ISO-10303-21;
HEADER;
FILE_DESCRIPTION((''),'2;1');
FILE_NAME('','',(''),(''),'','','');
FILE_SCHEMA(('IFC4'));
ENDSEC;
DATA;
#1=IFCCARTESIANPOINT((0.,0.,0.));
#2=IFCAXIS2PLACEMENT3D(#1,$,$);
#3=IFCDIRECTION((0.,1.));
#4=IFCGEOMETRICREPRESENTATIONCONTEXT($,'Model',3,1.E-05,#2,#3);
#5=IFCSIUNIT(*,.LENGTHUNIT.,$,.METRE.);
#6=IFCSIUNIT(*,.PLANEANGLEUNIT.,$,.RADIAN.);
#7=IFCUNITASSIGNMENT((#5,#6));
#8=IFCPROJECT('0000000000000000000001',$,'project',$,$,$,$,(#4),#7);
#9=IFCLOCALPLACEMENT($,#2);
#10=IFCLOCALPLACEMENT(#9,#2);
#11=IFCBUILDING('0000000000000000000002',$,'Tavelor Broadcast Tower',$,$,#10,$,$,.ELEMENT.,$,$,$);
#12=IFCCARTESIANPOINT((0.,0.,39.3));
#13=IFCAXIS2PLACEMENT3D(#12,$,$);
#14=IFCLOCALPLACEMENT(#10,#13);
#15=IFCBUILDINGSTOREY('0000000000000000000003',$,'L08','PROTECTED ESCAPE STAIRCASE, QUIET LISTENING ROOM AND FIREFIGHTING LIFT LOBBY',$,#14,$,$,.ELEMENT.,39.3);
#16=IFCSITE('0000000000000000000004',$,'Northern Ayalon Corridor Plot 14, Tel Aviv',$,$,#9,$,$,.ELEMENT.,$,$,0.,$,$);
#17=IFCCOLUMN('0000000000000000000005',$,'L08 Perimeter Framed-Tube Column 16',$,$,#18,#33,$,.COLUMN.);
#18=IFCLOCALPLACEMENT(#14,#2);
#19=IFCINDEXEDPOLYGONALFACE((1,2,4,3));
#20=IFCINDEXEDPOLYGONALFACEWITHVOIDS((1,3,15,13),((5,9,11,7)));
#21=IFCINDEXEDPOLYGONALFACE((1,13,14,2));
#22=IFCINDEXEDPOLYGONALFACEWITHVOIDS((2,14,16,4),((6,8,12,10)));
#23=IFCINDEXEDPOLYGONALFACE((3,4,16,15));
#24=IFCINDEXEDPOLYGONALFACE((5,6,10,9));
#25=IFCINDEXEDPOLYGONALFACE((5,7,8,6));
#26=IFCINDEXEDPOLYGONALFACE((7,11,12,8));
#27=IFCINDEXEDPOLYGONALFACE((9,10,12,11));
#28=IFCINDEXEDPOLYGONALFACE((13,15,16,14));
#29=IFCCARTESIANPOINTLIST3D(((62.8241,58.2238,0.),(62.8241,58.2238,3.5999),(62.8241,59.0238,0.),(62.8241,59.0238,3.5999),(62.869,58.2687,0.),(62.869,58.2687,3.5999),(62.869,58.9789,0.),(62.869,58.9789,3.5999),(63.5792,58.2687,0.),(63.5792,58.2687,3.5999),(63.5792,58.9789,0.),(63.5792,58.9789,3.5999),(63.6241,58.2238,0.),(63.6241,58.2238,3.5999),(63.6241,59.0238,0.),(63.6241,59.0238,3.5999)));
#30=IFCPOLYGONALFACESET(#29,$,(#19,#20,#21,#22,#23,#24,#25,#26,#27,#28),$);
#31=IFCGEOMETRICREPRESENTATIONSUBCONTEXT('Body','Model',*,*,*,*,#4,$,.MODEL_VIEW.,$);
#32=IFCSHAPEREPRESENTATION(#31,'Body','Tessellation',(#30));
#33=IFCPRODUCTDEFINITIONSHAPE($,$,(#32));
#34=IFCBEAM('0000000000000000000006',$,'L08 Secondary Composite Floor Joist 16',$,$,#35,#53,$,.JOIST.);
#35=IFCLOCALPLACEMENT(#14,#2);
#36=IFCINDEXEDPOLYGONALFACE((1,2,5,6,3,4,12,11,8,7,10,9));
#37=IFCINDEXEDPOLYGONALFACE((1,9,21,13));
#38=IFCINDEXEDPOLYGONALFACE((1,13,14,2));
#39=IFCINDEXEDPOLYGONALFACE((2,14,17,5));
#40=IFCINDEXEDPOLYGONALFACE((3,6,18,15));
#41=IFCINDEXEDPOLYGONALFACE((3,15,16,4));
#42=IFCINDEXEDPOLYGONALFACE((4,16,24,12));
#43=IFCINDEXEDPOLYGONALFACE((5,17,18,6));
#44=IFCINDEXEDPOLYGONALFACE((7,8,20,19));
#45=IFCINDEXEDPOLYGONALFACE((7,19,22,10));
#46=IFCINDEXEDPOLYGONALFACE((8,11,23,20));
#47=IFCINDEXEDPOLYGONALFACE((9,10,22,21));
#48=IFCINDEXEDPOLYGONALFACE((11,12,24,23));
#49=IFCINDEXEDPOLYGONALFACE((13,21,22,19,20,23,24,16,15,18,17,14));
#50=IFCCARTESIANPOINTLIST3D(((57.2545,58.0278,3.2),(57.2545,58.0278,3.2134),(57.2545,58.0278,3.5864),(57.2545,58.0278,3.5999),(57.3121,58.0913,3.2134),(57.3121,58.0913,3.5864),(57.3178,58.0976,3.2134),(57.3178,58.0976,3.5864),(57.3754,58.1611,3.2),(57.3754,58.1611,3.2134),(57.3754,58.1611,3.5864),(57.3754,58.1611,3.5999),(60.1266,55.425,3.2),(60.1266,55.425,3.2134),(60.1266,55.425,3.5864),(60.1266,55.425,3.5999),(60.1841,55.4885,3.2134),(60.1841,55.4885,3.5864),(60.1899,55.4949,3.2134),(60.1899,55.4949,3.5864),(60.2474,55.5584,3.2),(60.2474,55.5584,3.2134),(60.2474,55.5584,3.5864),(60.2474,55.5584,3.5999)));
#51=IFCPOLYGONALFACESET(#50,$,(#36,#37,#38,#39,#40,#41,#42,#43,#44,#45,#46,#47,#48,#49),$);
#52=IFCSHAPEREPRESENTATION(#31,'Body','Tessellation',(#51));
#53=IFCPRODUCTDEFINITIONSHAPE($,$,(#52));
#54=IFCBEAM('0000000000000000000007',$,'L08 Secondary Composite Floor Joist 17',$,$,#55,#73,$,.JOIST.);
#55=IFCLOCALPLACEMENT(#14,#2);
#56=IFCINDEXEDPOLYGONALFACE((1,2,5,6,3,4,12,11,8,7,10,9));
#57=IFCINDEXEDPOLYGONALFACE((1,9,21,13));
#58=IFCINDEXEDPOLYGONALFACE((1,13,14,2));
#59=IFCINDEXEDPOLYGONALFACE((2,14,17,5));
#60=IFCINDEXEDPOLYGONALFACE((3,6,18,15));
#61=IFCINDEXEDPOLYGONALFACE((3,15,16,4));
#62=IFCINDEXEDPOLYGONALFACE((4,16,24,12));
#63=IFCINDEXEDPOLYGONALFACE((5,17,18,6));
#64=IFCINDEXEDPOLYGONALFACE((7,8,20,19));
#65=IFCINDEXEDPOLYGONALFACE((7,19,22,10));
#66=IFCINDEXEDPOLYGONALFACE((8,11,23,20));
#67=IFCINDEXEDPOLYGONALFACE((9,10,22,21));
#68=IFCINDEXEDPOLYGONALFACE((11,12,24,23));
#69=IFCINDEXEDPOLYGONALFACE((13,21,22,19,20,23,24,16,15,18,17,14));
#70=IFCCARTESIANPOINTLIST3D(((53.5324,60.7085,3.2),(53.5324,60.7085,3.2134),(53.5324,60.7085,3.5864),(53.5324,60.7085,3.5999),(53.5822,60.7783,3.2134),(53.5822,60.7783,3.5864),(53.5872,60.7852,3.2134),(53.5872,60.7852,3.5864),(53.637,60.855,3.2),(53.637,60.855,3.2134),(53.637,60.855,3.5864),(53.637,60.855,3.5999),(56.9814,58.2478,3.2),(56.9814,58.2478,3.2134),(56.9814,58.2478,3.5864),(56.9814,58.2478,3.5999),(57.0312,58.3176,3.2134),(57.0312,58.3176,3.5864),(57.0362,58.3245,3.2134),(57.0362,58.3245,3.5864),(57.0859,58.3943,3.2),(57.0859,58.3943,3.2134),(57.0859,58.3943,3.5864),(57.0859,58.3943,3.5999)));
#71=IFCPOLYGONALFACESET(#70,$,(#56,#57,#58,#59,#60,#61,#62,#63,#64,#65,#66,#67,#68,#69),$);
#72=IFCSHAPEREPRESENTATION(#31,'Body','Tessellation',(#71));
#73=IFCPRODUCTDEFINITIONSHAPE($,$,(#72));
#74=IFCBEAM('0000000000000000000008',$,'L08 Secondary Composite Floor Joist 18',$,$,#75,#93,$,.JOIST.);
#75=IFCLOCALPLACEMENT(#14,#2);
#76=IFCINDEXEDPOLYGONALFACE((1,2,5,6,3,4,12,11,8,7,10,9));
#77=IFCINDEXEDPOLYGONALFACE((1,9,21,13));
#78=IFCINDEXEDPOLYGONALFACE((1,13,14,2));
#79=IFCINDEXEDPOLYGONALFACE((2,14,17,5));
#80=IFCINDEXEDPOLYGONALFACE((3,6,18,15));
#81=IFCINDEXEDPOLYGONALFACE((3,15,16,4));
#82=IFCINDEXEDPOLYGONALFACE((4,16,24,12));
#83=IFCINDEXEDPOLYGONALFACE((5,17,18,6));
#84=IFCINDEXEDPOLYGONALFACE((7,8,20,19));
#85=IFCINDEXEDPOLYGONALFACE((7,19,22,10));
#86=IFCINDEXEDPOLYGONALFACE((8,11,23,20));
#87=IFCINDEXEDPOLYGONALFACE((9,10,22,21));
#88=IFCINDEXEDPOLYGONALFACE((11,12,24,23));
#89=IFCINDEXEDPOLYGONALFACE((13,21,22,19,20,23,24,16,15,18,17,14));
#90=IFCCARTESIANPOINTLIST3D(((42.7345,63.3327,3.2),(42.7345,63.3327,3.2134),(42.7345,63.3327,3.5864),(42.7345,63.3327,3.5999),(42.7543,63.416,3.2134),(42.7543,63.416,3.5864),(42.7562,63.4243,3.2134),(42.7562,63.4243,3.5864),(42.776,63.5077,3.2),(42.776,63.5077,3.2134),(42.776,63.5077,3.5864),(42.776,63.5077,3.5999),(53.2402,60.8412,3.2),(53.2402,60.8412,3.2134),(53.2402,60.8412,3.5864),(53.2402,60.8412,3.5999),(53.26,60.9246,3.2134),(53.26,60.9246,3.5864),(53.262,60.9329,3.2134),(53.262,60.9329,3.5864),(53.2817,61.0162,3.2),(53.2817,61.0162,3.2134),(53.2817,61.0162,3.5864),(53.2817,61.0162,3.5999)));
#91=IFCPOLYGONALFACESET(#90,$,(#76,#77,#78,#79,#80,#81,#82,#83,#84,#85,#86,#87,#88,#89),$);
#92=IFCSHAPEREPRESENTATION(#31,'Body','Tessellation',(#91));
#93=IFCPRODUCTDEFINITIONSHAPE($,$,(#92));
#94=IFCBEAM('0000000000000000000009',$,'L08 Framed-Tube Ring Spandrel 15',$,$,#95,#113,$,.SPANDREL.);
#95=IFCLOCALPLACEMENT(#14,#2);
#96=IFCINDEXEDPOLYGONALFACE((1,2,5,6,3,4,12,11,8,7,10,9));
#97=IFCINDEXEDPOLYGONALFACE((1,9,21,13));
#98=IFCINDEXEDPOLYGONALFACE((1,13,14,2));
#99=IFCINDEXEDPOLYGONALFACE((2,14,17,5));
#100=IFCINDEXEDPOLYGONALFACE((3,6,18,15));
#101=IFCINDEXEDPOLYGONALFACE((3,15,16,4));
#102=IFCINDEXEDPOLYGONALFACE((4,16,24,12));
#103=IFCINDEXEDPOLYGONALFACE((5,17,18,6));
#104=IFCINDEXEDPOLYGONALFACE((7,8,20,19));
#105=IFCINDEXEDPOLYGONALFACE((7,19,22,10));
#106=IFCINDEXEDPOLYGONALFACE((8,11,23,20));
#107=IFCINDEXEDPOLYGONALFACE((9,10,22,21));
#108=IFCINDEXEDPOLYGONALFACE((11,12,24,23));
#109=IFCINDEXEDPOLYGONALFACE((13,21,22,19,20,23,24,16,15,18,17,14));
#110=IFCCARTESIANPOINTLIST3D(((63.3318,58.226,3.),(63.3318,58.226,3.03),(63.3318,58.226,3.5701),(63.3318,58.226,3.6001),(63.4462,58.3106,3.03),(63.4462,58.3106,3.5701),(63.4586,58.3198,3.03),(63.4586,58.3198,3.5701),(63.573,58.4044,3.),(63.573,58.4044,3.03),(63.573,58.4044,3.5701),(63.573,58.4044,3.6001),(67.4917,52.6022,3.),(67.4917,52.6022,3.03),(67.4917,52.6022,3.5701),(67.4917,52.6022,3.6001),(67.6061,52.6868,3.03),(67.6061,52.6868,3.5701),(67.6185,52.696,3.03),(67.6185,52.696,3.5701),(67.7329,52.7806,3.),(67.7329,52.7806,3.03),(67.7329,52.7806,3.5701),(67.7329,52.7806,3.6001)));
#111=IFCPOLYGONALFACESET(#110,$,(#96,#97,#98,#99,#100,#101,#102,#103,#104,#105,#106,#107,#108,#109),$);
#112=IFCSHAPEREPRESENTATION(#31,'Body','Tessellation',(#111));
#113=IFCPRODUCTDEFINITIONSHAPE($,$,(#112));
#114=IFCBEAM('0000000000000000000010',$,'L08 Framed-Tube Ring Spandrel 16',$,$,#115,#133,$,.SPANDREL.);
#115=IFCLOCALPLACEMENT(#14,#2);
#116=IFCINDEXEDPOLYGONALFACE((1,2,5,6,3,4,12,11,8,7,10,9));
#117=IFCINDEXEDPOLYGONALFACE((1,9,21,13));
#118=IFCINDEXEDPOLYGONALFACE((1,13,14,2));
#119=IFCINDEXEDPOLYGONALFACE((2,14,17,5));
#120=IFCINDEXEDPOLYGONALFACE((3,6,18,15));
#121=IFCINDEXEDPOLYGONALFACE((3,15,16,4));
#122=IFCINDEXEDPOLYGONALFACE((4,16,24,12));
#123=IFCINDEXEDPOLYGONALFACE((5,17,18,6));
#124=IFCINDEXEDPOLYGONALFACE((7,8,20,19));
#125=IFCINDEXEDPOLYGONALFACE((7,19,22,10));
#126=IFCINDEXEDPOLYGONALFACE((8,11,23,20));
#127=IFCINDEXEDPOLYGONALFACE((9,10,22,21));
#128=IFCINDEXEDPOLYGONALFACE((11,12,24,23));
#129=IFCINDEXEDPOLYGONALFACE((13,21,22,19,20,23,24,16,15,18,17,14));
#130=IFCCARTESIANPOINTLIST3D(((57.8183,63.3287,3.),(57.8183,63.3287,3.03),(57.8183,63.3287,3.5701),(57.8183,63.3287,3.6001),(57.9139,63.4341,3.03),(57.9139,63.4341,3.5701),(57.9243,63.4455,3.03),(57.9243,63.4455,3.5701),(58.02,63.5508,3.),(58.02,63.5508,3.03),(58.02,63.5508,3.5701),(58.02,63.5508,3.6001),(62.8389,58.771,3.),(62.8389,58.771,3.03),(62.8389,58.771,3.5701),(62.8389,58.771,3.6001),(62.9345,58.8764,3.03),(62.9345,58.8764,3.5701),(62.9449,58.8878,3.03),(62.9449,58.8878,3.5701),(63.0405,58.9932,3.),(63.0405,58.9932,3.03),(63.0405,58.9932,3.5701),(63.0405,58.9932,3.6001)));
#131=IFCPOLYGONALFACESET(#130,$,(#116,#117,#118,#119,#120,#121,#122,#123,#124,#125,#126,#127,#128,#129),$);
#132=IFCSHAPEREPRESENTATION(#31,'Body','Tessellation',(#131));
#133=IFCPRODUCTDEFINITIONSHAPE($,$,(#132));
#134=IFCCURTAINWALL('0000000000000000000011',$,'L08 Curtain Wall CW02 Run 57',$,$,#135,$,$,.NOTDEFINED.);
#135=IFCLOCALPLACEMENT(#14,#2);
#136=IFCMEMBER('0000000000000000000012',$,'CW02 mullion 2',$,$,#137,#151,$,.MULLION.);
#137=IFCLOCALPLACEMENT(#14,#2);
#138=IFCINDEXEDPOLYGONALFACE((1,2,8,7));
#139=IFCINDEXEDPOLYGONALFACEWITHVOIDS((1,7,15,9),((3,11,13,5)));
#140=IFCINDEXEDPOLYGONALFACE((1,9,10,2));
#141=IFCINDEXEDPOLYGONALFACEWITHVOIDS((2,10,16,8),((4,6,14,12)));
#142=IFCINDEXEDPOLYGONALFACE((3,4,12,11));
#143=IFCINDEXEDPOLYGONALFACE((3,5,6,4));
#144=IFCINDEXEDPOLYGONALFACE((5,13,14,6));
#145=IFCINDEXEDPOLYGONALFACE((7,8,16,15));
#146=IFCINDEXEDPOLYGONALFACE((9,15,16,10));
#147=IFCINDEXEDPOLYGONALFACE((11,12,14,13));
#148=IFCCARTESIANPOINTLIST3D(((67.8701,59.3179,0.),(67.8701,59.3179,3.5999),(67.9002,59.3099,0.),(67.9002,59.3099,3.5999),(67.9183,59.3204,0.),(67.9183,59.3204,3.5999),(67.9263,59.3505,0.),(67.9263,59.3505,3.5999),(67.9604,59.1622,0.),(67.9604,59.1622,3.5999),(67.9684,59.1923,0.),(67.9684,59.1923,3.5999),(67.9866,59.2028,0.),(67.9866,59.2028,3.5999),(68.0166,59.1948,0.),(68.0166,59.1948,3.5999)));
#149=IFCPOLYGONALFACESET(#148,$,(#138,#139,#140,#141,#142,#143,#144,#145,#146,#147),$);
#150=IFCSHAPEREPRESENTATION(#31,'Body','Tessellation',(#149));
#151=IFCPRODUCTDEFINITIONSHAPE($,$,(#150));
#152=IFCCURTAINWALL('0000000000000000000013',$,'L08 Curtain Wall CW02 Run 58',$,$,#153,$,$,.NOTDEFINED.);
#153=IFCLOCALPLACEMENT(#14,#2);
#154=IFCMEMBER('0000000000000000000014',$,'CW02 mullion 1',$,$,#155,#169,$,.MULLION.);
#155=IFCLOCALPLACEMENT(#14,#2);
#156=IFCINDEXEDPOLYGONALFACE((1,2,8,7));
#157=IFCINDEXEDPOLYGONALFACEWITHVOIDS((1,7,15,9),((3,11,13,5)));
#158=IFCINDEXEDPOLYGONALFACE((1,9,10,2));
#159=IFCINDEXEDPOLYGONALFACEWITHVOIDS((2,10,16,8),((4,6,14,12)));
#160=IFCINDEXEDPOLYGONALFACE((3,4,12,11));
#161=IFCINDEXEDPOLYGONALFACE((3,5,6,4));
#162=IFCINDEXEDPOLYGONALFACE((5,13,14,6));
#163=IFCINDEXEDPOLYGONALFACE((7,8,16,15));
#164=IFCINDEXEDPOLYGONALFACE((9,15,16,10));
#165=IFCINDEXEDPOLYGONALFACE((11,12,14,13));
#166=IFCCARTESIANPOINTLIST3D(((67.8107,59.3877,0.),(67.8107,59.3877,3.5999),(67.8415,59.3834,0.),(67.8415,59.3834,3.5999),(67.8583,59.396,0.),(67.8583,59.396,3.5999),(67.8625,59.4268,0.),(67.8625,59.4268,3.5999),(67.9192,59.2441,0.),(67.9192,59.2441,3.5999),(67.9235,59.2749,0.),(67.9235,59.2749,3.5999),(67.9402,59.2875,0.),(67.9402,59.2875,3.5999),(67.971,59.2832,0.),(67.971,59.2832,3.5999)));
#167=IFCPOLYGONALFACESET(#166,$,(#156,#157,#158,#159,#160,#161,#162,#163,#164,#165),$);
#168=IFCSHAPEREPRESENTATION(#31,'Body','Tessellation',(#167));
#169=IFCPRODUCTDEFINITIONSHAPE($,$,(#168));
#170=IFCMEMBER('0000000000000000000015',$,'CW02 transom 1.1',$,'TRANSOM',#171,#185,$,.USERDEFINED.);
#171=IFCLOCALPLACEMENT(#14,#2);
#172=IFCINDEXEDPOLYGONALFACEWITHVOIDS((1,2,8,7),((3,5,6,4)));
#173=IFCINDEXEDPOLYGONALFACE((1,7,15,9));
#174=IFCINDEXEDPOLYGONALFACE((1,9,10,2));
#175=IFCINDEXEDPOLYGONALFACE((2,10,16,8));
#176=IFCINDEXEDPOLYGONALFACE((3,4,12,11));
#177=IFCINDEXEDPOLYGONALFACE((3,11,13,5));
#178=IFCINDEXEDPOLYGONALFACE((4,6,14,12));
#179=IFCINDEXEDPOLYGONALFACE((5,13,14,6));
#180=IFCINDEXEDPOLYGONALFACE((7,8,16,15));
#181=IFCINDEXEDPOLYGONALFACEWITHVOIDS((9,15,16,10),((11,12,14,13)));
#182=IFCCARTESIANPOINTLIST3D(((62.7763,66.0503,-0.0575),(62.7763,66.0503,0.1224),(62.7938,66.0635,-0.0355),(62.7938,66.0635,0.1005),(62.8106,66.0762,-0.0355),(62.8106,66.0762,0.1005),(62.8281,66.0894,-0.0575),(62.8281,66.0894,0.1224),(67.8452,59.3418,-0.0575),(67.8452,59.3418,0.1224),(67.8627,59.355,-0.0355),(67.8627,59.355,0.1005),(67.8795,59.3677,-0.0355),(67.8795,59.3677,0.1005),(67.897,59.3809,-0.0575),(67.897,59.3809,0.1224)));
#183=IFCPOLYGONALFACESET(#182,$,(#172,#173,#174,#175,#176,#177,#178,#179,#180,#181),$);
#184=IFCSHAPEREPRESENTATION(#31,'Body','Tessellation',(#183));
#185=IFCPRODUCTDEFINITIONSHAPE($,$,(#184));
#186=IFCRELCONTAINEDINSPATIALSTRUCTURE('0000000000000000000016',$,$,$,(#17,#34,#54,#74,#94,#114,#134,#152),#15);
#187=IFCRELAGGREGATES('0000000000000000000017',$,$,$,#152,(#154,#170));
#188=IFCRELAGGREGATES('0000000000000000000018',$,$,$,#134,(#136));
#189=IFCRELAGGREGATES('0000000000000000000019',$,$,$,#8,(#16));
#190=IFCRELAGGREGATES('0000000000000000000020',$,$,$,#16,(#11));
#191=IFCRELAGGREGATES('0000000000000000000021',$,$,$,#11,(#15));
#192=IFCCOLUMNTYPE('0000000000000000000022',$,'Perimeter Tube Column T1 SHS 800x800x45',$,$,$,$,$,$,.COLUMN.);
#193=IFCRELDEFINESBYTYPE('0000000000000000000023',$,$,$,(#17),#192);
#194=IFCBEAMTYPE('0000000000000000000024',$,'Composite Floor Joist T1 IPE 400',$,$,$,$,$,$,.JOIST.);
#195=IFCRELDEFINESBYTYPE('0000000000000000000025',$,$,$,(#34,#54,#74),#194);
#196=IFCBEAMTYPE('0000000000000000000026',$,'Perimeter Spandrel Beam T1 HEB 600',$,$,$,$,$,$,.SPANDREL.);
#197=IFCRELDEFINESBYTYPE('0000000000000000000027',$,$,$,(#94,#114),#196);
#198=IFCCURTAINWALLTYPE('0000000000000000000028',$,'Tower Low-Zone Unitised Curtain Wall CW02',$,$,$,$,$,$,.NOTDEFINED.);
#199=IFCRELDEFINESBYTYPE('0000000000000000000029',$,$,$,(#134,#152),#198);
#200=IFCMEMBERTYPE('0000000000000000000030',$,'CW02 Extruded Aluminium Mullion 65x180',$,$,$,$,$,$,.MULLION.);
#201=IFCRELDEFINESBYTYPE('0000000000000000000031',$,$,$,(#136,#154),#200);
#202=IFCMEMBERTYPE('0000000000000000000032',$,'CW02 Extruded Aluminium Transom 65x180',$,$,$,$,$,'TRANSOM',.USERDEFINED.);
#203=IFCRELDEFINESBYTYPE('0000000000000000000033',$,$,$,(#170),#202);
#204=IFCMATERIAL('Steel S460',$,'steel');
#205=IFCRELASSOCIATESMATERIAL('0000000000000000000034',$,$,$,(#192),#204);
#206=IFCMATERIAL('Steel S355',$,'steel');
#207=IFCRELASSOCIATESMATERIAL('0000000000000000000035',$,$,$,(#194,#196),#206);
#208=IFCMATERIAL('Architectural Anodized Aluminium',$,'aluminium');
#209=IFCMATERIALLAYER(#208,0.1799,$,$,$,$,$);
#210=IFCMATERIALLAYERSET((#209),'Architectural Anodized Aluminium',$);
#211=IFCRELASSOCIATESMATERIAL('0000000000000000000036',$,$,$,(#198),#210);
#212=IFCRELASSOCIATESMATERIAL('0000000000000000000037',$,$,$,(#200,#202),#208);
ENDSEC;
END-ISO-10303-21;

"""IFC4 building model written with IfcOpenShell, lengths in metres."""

from ifc_helpers import new_model, si_unit, direction, frame, origin, origin_2d, place, context, subcontext, project, spatial, hollow_rectangle, i_section, extrude, source, transform, mapped, material, layer, layer_set, material_profile, profile_set, type_object, type_shapes, element, aggregate, save


model = new_model("IFC4")

# Units and contexts
model_context = context("Model", 3, precision=1e-05, world=origin(), true_north=direction((0.0, 1.0)))
body_context = subcontext(model_context, "Body", "Model", "MODEL_VIEW")
ifc_project = project(units=[si_unit("LENGTHUNIT", "METRE"), si_unit("PLANEANGLEUNIT", "RADIAN")], contexts=[model_context])

# Site, building, storey
site_placement = place(None, origin())
site = spatial("IfcSite", under=ifc_project, at=site_placement, Name="Northern Ayalon Corridor Plot 14, Tel Aviv", CompositionType="ELEMENT", RefElevation=0.0)
building_placement = place(site_placement, origin())
building = spatial("IfcBuilding", under=site, at=building_placement, Name="Tavelor Broadcast Tower", CompositionType="ELEMENT")
storey_placement = place(building_placement, frame((0.0, 0.0, 39.3)))
storey = spatial("IfcBuildingStorey", under=building, at=storey_placement, Name="L08", Description="PROTECTED ESCAPE STAIRCASE, QUIET LISTENING ROOM AND FIREFIGHTING LIFT LOBBY", CompositionType="ELEMENT", Elevation=39.3)

# Column
ifc_material_1 = material(Name="Steel S460", Category="steel")
ifc_material_profile_1 = material_profile(ifc_material_1, hollow_rectangle(XDim=0.8, YDim=0.8, WallThickness=0.0449, at=origin_2d()), Name="SHS 800x800x45")
ifc_profile_set_1 = profile_set([ifc_material_profile_1], Name="Steel S460")
column_type = type_object("IfcColumnType", Name="Perimeter Tube Column T1 SHS 800x800x45", PredefinedType="COLUMN", material=ifc_profile_set_1)
column_placement = place(storey_placement, frame((63.2241, 58.6238, 0.0), z_axis=(0.0, 0.0, 1.0), x_axis=(1.0, 0.0, 0.0)))
element("IfcColumn", 1, at=column_placement, inside=storey, type_object=column_type, Name="L08 Perimeter Framed-Tube Column 16", PredefinedType="COLUMN", context=body_context, shape_type="SweptSolid", body=[
    extrude(hollow_rectangle(XDim=0.8, YDim=0.8, WallThickness=0.0449, at=origin_2d()), origin(), (0.0, 0.0, 1.0), 3.5999),
])

# Beams
ifc_material_2 = material(Name="Steel S355", Category="steel")
ifc_material_profile_2 = material_profile(ifc_material_2, i_section(OverallWidth=0.1799, OverallDepth=0.3999, WebThickness=0.0085, FlangeThickness=0.0134, at=origin_2d()), Name="IPE 400")
ifc_profile_set_2 = profile_set([ifc_material_profile_2], Name="Steel S355")
beam_type_1 = type_object("IfcBeamType", Name="Composite Floor Joist T1 IPE 400", PredefinedType="JOIST", material=ifc_profile_set_2)
beam_1_placement = place(storey_placement, frame((60.187, 55.4917, 3.3999), z_axis=(-0.740991, 0.671515, 0.0), x_axis=(-0.671515, -0.740991, 0.0)))
element("IfcBeam", 2, at=beam_1_placement, inside=storey, type_object=beam_type_1, Name="L08 Secondary Composite Floor Joist 16", PredefinedType="JOIST", context=body_context, shape_type="SweptSolid", body=[
    extrude(i_section(OverallWidth=0.1799, OverallDepth=0.3999, WebThickness=0.0085, FlangeThickness=0.0134, at=origin_2d()), origin(), (0.0, 0.0, 1.0), 3.876),
])
beam_2_placement = place(storey_placement, frame((57.0337, 58.321, 3.3999), z_axis=(-0.814053, 0.580791, 0.0), x_axis=(-0.580791, -0.814053, 0.0)))
element("IfcBeam", 3, at=beam_2_placement, inside=storey, type_object=beam_type_1, Name="L08 Secondary Composite Floor Joist 17", PredefinedType="JOIST", context=body_context, shape_type="SweptSolid", body=[
    extrude(i_section(OverallWidth=0.1799, OverallDepth=0.3999, WebThickness=0.0085, FlangeThickness=0.0134, at=origin_2d()), origin(), (0.0, 0.0, 1.0), 4.2368),
])
beam_3_placement = place(storey_placement, frame((53.261, 60.9287, 3.3999), z_axis=(-0.973012, 0.230754, 0.0), x_axis=(-0.230754, -0.973012, 0.0)))
element("IfcBeam", 4, at=beam_3_placement, inside=storey, type_object=beam_type_1, Name="L08 Secondary Composite Floor Joist 18", PredefinedType="JOIST", context=body_context, shape_type="SweptSolid", body=[
    extrude(i_section(OverallWidth=0.1799, OverallDepth=0.3999, WebThickness=0.0085, FlangeThickness=0.0134, at=origin_2d()), origin(), (0.0, 0.0, 1.0), 10.7971),
])
ifc_material_profile_3 = material_profile(ifc_material_2, i_section(OverallWidth=0.3, OverallDepth=0.6001, WebThickness=0.0154, FlangeThickness=0.03, at=origin_2d()), Name="HEB 600")
ifc_profile_set_3 = profile_set([ifc_material_profile_3], Name="Steel S355")
beam_type_2 = type_object("IfcBeamType", Name="Perimeter Spandrel Beam T1 HEB 600", PredefinedType="SPANDREL", material=ifc_profile_set_3)
beam_4_placement = place(storey_placement, frame((67.6123, 52.6914, 3.3), z_axis=(-0.594687, 0.803957, 0.0), x_axis=(-0.803957, -0.594687, 0.0)))
element("IfcBeam", 5, at=beam_4_placement, inside=storey, type_object=beam_type_2, Name="L08 Framed-Tube Ring Spandrel 15", PredefinedType="SPANDREL", context=body_context, shape_type="SweptSolid", body=[
    extrude(i_section(OverallWidth=0.3, OverallDepth=0.6001, WebThickness=0.0154, FlangeThickness=0.03, at=origin_2d()), origin(), (0.0, 0.0, 1.0), 6.9951),
])
beam_5_placement = place(storey_placement, frame((62.9397, 58.8821, 3.3), z_axis=(-0.740416, 0.672149, 0.0), x_axis=(-0.672149, -0.740416, 0.0)))
element("IfcBeam", 6, at=beam_5_placement, inside=storey, type_object=beam_type_2, Name="L08 Framed-Tube Ring Spandrel 16", PredefinedType="SPANDREL", context=body_context, shape_type="SweptSolid", body=[
    extrude(i_section(OverallWidth=0.3, OverallDepth=0.6001, WebThickness=0.0154, FlangeThickness=0.03, at=origin_2d()), origin(), (0.0, 0.0, 1.0), 6.7808),
])

# Curtain wall, member
ifc_material_3 = material(Name="Architectural Anodized Aluminium", Category="aluminium")
ifc_layer_1 = layer(ifc_material_3, 0.1799)
ifc_layer_set_1 = layer_set([ifc_layer_1], Name="Architectural Anodized Aluminium")
curtain_wall_type = type_object("IfcCurtainWallType", Name="Tower Low-Zone Unitised Curtain Wall CW02", PredefinedType="NOTDEFINED", material=ifc_layer_set_1)
curtain_wall_1_placement = place(storey_placement, origin())
curtain_wall_1 = element("IfcCurtainWall", 7, at=curtain_wall_1_placement, inside=storey, type_object=curtain_wall_type, Name="L08 Curtain Wall CW02 Run 57", PredefinedType="NOTDEFINED")
ifc_material_profile_4 = material_profile(ifc_material_3, hollow_rectangle(XDim=0.0649, YDim=0.1799, WallThickness=0.022, at=origin_2d()), Name="RHS 65x180x22")
ifc_profile_set_4 = profile_set([ifc_material_profile_4], Name="Architectural Anodized Aluminium")
member_type_1 = type_object("IfcMemberType", Name="CW02 Extruded Aluminium Mullion 65x180", PredefinedType="MULLION", material=ifc_profile_set_4)
shared_shape_1 = source(origin(), body_context, "Body", "SweptSolid", [
    extrude(hollow_rectangle(XDim=0.0649, YDim=0.1799, WallThickness=0.022, at=origin_2d()), origin(), (0.0, 0.0, 1.0), 3.5999),
])
type_shapes(member_type_1, [shared_shape_1])
member_1_placement = place(storey_placement, frame((67.9434, 59.2563, 0.0), z_axis=(0.0, 0.0, 1.0), x_axis=(-0.864934, -0.501886, 0.0)))
member_1 = element("IfcMember", 8, at=member_1_placement, type_object=member_type_1, Name="CW02 mullion 2", PredefinedType="MULLION", context=body_context, shape_type="MappedRepresentation", body=[
    mapped(shared_shape_1, transform((0.0, 0.0, 0.0), scale=1.0)),
])

# Curtain wall, members
curtain_wall_2_placement = place(storey_placement, origin())
curtain_wall_2 = element("IfcCurtainWall", 9, at=curtain_wall_2_placement, inside=storey, type_object=curtain_wall_type, Name="L08 Curtain Wall CW02 Run 58", PredefinedType="NOTDEFINED")
member_2_placement = place(storey_placement, frame((67.8909, 59.3354, 0.0), z_axis=(0.0, 0.0, 1.0), x_axis=(-0.797846, -0.602861, 0.0)))
member_2 = element("IfcMember", 10, at=member_2_placement, type_object=member_type_1, Name="CW02 mullion 1", PredefinedType="MULLION", context=body_context, shape_type="MappedRepresentation", body=[
    mapped(shared_shape_1, transform((0.0, 0.0, 0.0), scale=1.0)),
])
ifc_material_profile_5 = material_profile(ifc_material_3, hollow_rectangle(XDim=0.0649, YDim=0.1799, WallThickness=0.022, at=origin_2d()), Name="RHS 65x180x22")
ifc_profile_set_5 = profile_set([ifc_material_profile_5], Name="Architectural Anodized Aluminium")
member_type_2 = type_object("IfcMemberType", Name="CW02 Extruded Aluminium Transom 65x180", ElementType="TRANSOM", PredefinedType="USERDEFINED", material=ifc_profile_set_5)
shared_shape_2 = source(origin(), body_context, "Body", "SweptSolid", [
    extrude(hollow_rectangle(XDim=0.0649, YDim=0.1799, WallThickness=0.022, at=origin_2d()), origin(), (0.0, 0.0, 1.0), 8.4082),
])
type_shapes(member_type_2, [shared_shape_2])
member_3_placement = place(storey_placement, frame((67.8711, 59.3613, 0.0325), z_axis=(-0.602849, 0.797856, 0.0), x_axis=(-0.797856, -0.602849, 0.0)))
member_3 = element("IfcMember", 11, at=member_3_placement, type_object=member_type_2, Name="CW02 transom 1.1", ObjectType="TRANSOM", PredefinedType="USERDEFINED", context=body_context, shape_type="MappedRepresentation", body=[
    mapped(shared_shape_2, transform((0.0, 0.0, 0.0), scale=1.0)),
])

aggregate(curtain_wall_2, [member_2, member_3])
aggregate(curtain_wall_1, [member_1])

save(model, "model.ifc")
